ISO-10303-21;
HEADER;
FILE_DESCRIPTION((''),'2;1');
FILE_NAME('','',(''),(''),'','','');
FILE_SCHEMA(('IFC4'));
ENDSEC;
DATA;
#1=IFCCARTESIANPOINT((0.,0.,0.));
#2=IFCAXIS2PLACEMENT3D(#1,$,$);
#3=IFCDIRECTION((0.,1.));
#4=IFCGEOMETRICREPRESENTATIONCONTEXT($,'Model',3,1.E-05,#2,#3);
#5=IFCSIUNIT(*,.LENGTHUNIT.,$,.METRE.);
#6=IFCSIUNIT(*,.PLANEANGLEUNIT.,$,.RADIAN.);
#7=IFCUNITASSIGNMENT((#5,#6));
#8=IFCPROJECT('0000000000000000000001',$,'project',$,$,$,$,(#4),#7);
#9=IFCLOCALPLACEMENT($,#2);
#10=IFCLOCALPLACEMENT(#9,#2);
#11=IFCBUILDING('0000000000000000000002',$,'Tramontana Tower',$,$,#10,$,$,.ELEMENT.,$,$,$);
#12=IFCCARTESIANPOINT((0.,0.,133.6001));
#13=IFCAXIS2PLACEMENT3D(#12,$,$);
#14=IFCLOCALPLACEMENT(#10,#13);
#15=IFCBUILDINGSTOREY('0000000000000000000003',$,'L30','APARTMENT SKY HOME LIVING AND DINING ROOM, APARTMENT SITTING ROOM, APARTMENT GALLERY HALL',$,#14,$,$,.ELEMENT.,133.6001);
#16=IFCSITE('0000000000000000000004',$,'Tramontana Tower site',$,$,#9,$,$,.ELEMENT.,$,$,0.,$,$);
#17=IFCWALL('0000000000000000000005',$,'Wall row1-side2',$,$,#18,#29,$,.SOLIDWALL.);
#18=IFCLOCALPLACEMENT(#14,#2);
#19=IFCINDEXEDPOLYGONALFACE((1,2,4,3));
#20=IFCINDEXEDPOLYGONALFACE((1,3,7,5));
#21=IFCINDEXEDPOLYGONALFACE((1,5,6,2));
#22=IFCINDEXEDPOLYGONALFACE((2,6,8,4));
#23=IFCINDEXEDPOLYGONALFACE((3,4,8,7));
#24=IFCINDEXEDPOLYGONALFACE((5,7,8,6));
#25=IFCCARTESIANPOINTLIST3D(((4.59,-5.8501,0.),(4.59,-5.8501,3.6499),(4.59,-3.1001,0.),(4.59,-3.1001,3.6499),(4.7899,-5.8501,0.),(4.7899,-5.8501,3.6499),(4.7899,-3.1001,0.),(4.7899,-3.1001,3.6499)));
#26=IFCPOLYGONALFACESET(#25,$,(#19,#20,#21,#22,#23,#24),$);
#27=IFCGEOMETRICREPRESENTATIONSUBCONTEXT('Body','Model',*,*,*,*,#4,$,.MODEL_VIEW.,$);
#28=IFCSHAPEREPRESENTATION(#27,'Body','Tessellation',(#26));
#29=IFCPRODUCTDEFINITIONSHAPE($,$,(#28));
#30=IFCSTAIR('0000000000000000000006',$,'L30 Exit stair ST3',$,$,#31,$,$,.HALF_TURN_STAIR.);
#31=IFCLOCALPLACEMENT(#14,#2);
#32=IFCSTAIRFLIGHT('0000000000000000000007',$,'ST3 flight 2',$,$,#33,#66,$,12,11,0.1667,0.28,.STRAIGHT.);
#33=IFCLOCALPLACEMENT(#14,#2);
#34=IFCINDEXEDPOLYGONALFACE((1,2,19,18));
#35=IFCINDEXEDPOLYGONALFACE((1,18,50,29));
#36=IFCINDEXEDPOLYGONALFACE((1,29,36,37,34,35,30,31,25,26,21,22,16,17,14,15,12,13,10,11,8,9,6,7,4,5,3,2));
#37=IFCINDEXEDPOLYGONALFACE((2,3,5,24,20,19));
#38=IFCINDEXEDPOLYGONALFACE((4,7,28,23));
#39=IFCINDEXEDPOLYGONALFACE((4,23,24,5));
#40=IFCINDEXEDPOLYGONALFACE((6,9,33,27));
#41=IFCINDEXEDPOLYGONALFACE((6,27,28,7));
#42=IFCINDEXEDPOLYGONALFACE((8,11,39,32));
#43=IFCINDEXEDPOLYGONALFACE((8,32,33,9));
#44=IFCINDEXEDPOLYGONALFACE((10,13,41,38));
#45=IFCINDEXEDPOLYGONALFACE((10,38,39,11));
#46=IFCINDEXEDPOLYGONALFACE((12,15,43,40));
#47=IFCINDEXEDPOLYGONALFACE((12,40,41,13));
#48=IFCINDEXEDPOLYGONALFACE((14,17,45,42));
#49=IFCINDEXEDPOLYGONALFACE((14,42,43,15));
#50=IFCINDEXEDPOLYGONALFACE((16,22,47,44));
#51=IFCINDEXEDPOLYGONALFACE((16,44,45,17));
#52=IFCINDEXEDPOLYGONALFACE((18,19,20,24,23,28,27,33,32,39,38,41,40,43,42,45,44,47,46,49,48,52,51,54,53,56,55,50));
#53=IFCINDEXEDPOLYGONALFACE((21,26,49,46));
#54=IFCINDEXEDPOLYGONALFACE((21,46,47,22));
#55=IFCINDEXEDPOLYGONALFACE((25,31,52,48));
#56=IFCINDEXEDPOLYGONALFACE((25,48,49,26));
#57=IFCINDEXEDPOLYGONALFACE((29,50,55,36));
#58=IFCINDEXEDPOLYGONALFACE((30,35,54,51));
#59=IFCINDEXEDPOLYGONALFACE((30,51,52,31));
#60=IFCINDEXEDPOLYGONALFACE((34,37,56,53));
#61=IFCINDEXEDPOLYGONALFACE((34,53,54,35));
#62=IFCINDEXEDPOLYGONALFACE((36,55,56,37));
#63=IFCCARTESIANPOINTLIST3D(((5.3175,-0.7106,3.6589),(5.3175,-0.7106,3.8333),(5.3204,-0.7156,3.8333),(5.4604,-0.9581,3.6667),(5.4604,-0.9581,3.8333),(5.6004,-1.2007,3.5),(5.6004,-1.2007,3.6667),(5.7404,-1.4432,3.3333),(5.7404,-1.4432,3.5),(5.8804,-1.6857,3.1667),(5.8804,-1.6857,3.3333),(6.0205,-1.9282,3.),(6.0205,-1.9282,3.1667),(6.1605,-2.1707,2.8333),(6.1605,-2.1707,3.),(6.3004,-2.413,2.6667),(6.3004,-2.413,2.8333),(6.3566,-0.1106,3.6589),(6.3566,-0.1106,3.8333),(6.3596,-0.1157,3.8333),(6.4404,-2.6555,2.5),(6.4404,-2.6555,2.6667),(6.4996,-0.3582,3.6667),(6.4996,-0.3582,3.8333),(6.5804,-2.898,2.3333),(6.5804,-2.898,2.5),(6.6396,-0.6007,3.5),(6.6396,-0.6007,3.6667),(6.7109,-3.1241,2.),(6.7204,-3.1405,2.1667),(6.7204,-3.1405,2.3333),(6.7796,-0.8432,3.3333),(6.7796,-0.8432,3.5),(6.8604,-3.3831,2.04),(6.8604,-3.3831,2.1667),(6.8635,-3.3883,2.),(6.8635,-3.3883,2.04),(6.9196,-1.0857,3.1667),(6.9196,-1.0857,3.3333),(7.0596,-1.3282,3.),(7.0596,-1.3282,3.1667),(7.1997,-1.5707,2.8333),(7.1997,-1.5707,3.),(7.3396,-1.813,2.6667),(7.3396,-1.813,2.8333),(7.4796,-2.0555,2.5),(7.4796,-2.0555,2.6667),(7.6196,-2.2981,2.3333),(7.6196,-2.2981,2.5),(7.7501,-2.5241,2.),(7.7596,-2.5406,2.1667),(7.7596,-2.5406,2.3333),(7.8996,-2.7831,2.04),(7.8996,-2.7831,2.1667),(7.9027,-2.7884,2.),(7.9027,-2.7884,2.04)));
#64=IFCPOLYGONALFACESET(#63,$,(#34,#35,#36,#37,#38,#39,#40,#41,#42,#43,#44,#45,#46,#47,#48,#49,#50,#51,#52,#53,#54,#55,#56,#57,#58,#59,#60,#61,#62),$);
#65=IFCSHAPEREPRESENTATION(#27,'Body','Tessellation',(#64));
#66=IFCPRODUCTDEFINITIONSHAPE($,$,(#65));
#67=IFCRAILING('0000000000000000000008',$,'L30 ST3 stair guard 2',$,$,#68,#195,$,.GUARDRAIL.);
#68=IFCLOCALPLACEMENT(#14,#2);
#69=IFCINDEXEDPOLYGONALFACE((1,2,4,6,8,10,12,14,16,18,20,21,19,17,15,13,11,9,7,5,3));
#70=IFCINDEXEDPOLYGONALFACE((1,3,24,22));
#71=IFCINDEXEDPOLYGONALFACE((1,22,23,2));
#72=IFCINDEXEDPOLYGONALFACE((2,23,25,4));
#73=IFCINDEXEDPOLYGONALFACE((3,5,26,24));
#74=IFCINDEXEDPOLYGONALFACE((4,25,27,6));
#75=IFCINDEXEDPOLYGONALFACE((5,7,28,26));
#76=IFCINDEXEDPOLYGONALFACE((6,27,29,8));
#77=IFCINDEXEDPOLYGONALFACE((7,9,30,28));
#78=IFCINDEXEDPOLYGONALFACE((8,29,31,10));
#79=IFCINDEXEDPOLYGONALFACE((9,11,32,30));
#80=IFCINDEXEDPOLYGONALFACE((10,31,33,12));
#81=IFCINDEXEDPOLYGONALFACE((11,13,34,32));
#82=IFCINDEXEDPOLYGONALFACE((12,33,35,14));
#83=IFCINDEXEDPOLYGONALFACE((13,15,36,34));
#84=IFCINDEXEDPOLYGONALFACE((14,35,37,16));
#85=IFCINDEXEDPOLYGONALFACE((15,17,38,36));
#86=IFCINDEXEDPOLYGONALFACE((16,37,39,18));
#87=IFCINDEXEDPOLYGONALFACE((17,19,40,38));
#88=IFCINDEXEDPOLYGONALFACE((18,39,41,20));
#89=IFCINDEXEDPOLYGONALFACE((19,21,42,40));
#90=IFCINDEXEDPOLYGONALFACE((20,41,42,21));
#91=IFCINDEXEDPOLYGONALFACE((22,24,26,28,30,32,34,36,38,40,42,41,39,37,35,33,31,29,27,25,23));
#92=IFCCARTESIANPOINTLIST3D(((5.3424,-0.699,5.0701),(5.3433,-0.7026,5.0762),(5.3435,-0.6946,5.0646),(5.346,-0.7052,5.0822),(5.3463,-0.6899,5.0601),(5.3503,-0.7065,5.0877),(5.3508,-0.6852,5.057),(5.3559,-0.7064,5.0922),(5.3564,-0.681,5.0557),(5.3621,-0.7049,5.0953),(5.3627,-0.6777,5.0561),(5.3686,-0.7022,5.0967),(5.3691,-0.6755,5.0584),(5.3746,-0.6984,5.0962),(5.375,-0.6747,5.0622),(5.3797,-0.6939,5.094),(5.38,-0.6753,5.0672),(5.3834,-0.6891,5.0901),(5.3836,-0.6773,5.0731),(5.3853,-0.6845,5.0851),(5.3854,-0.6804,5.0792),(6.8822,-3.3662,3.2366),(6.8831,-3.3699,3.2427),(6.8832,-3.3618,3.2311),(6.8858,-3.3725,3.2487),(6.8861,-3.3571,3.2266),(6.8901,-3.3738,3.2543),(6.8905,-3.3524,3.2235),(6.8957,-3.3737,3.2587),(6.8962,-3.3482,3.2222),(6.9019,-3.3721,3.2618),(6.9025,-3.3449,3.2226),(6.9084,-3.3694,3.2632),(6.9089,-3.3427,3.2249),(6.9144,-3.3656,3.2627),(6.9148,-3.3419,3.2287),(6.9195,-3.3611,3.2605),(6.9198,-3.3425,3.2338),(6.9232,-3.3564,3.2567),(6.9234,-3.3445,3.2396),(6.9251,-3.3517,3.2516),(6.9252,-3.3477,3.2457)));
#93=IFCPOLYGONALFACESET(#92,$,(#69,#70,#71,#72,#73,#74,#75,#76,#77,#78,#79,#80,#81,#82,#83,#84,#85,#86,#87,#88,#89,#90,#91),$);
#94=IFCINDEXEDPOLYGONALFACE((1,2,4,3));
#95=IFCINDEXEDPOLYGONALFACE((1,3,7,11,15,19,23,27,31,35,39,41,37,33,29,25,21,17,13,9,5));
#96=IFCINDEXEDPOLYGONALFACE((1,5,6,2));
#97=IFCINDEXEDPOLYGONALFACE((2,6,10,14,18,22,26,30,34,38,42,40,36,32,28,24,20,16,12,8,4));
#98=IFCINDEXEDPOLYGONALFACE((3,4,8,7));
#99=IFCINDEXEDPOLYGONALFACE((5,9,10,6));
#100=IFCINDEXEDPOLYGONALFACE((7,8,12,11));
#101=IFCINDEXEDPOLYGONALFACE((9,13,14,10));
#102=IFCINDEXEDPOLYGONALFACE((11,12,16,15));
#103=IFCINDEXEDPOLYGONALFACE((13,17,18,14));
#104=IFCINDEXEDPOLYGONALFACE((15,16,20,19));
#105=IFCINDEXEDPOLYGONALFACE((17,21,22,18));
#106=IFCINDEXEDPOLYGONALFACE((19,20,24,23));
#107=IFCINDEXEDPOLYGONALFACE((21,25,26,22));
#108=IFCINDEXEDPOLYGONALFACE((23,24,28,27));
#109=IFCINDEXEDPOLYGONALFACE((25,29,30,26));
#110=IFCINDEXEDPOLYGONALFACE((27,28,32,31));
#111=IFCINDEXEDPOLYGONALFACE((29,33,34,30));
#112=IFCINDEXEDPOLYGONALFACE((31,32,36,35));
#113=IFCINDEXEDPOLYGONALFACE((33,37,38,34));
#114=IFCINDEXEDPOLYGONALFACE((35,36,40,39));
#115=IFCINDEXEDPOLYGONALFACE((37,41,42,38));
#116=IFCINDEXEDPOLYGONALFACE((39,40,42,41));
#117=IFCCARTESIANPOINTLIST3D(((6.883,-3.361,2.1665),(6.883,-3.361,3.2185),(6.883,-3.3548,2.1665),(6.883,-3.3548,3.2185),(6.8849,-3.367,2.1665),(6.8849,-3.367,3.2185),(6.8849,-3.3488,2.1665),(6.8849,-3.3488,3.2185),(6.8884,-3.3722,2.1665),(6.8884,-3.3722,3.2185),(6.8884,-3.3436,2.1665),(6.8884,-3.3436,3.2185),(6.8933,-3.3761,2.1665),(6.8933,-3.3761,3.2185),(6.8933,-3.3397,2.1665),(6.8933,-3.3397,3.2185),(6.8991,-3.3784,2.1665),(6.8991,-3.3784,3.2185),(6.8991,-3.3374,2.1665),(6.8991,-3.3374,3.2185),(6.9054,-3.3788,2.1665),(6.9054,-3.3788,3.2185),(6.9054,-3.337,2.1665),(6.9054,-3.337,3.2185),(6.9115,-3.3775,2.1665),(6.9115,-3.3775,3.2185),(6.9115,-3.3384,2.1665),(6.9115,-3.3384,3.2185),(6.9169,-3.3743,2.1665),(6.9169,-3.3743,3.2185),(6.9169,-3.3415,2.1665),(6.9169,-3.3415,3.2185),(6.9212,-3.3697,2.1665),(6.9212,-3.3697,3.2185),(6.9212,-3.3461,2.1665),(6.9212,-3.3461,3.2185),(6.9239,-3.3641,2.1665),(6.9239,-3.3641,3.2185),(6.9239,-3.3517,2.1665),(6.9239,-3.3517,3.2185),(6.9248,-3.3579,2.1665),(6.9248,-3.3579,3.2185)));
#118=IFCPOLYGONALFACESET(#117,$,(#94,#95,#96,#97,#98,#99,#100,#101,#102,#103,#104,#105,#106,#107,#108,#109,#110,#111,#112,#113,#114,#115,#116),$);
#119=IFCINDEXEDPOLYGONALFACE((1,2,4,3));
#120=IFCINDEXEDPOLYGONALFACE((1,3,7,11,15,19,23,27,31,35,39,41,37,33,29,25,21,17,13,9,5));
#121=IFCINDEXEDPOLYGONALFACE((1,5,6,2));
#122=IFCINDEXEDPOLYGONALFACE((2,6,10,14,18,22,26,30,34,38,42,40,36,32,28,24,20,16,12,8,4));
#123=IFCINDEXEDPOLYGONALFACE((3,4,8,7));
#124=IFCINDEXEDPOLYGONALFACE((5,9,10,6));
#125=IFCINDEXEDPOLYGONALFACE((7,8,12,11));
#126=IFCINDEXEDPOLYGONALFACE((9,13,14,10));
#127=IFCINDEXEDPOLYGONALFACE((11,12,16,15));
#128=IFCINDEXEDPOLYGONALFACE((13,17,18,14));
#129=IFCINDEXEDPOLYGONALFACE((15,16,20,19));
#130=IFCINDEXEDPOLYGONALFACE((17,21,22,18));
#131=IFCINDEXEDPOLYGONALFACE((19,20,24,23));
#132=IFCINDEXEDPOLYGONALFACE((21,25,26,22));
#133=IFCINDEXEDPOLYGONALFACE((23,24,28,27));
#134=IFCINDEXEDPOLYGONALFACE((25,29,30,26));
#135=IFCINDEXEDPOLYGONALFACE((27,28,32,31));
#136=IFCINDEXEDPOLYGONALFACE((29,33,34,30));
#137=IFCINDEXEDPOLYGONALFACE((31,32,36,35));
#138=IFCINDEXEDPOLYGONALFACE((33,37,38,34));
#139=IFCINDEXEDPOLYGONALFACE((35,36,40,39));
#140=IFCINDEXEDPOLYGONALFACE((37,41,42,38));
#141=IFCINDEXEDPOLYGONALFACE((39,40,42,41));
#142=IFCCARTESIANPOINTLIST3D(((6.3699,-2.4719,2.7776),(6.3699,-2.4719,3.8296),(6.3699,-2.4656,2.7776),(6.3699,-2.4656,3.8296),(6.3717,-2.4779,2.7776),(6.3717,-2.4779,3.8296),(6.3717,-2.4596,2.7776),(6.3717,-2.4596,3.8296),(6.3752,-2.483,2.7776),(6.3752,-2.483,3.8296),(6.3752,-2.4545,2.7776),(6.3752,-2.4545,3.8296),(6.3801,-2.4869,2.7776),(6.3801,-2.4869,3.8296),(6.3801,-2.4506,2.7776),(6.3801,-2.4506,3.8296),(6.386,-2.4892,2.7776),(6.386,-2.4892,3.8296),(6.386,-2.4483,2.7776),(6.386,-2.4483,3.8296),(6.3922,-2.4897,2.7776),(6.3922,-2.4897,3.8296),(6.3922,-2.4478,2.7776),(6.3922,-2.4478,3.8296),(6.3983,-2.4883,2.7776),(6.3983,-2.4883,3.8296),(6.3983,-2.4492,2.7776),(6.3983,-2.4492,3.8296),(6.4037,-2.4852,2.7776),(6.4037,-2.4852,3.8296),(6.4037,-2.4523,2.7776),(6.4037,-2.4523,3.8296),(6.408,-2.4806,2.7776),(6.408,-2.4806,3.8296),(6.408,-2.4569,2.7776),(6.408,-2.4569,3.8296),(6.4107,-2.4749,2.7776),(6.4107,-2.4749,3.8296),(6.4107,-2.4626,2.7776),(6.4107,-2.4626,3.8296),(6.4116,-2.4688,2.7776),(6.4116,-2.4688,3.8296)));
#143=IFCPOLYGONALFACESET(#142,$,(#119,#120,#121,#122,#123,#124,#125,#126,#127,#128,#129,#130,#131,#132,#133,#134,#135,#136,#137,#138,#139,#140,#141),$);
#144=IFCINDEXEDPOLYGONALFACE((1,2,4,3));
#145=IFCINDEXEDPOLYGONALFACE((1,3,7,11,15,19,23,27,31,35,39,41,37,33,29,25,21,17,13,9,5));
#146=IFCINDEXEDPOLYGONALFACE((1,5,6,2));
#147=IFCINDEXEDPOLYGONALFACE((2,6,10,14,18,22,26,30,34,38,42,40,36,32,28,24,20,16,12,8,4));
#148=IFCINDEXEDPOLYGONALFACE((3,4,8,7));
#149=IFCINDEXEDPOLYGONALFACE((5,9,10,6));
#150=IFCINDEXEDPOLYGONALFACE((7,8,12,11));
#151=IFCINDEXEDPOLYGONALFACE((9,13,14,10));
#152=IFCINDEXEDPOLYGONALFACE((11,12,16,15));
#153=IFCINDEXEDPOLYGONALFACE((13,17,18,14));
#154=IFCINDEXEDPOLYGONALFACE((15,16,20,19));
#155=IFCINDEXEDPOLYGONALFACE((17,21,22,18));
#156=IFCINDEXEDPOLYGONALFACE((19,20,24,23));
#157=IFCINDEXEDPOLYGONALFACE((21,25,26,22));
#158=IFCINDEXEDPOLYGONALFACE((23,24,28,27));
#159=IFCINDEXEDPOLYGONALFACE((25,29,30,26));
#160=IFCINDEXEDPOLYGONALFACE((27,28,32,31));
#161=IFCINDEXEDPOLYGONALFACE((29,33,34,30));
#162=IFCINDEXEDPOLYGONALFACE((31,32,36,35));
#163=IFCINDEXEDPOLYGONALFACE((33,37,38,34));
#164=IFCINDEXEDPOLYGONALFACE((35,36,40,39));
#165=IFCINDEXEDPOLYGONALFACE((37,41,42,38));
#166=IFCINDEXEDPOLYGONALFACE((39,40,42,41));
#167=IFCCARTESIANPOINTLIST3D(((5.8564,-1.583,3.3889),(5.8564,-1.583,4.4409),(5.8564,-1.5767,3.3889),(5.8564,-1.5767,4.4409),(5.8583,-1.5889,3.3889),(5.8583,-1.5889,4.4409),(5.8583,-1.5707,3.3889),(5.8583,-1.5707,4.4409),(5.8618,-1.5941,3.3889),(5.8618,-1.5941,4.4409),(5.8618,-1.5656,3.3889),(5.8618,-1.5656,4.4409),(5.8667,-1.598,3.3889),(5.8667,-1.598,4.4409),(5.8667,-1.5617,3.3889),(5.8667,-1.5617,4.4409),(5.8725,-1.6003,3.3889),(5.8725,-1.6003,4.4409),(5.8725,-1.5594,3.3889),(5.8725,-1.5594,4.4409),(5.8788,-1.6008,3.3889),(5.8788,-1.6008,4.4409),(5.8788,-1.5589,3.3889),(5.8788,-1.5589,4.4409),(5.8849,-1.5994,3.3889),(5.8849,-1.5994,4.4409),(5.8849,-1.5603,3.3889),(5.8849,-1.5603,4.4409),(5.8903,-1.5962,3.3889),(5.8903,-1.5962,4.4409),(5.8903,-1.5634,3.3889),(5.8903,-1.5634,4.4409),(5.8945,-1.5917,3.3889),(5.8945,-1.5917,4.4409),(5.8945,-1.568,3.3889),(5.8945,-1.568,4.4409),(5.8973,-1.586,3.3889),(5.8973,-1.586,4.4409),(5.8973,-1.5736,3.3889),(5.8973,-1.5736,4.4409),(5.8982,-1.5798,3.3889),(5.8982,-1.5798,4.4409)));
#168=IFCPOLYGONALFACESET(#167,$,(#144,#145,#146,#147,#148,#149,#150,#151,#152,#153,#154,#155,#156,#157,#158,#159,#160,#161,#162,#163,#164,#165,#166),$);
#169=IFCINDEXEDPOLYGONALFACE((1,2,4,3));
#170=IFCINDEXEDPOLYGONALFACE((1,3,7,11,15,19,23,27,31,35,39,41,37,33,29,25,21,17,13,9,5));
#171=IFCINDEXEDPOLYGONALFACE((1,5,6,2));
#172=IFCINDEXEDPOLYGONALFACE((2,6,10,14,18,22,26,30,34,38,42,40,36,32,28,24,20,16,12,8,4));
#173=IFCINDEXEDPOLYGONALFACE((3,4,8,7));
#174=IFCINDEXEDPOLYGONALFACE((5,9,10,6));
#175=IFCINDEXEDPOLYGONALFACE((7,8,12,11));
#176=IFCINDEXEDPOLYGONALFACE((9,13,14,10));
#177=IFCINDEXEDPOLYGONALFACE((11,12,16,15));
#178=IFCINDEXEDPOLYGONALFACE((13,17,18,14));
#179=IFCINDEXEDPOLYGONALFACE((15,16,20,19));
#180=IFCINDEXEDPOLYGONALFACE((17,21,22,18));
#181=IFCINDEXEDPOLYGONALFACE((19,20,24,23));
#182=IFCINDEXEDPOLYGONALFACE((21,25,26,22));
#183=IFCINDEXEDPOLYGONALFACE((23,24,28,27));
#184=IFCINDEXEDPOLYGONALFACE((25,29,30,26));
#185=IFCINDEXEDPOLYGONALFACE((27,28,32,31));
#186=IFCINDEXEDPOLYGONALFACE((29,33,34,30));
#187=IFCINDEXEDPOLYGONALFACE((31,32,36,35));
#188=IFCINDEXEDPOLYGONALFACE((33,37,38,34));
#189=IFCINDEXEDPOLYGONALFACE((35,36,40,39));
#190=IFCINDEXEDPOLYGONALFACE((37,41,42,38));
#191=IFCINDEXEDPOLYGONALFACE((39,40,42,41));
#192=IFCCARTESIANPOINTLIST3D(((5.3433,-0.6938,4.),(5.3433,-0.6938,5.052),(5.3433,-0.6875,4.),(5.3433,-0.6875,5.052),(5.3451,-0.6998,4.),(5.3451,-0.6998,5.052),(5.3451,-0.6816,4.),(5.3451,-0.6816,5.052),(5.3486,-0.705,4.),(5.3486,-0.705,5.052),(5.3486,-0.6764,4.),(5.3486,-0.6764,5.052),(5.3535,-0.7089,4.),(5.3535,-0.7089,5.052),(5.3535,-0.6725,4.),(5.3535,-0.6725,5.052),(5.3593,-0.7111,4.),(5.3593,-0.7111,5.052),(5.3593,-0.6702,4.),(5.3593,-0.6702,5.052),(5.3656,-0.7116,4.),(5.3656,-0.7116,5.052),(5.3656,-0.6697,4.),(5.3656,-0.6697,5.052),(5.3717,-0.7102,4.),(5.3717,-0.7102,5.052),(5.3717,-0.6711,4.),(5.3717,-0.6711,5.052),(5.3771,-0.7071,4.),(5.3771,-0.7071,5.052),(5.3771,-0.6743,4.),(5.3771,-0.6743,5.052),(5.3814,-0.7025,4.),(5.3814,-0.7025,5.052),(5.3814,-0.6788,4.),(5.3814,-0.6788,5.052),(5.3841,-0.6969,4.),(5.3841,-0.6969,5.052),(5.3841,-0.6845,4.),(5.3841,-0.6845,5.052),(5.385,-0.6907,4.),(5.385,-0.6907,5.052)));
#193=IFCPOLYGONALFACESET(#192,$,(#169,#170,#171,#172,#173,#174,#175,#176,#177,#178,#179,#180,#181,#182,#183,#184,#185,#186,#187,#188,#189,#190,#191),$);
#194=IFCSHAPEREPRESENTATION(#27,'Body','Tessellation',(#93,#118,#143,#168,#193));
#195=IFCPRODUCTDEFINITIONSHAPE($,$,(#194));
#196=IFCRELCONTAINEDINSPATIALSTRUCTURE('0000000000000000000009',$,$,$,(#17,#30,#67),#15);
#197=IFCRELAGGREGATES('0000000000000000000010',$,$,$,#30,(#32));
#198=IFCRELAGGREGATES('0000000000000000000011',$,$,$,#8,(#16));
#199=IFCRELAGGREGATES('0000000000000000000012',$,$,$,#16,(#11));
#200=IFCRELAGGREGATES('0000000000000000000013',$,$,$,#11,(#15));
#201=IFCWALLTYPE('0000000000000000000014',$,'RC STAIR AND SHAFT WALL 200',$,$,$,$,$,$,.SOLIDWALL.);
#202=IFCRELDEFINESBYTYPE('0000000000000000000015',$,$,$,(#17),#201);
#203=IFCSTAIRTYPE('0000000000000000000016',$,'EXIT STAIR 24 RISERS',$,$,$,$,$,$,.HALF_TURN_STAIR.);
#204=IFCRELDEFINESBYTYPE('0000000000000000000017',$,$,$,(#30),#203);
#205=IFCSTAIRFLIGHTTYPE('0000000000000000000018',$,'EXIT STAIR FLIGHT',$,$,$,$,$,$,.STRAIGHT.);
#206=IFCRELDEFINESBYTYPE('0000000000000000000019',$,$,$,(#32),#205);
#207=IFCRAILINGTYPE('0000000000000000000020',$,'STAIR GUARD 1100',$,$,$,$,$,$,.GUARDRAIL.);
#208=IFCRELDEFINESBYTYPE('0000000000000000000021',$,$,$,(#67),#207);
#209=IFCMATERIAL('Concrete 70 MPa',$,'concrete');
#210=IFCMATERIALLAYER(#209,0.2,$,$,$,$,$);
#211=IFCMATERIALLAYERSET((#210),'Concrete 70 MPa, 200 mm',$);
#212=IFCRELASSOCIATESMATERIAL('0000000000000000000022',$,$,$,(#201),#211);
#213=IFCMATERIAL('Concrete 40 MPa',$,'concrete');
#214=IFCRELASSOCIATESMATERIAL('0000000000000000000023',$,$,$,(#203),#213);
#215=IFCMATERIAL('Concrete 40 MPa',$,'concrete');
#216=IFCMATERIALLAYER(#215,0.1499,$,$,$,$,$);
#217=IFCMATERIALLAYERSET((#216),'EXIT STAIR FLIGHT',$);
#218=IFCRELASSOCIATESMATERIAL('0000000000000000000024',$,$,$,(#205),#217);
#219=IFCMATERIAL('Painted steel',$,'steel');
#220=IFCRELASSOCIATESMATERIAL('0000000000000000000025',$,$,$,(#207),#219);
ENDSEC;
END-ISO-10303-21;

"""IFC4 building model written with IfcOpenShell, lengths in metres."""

from ifc_helpers import new_model, si_unit, direction, frame, frame_2d, origin, origin_2d, place, context, subcontext, project, spatial, polyline, rectangle, circle, outline, extrude, material, layer, layer_set, type_object, element, aggregate, save


model = new_model("IFC4")

# Units and contexts
model_context = context("Model", 3, precision=1e-05, world=origin(), true_north=direction((0.0, 1.0)))
body_context = subcontext(model_context, "Body", "Model", "MODEL_VIEW")
ifc_project = project(units=[si_unit("LENGTHUNIT", "METRE"), si_unit("PLANEANGLEUNIT", "RADIAN")], contexts=[model_context])

# Site, building, storey
site_placement = place(None, origin())
site = spatial("IfcSite", under=ifc_project, at=site_placement, Name="Tramontana Tower site", CompositionType="ELEMENT", RefElevation=0.0)
building_placement = place(site_placement, origin())
building = spatial("IfcBuilding", under=site, at=building_placement, Name="Tramontana Tower", CompositionType="ELEMENT")
storey_placement = place(building_placement, frame((0.0, 0.0, 133.6001)))
storey = spatial("IfcBuildingStorey", under=building, at=storey_placement, Name="L30", Description="APARTMENT SKY HOME LIVING AND DINING ROOM, APARTMENT SITTING ROOM, APARTMENT GALLERY HALL", CompositionType="ELEMENT", Elevation=133.6001)

# Shared definitions
ifc_material_1 = material(Name="Concrete 70 MPa", Category="concrete")
ifc_layer_1 = layer(ifc_material_1, 0.2)
ifc_layer_set_1 = layer_set([ifc_layer_1], Name="Concrete 70 MPa, 200 mm")
wall_type_1 = type_object("IfcWallType", Name="RC STAIR AND SHAFT WALL 200", PredefinedType="SOLIDWALL", material=ifc_layer_set_1)

# Wall
for number, where, z_axis, x_axis, name in (
    (1, (4.6899, -3.1001, 0.0), (0.0, 0.0, 1.0), (0.0, -1.0, 0.0), "Wall row1-side2"),
):
    element("IfcWall", number, at=place(storey_placement, frame(where, z_axis=z_axis, x_axis=x_axis)), inside=storey, type_object=wall_type_1, Name=name, PredefinedType="SOLIDWALL", context=body_context, shape_type="SweptSolid", body=[
        extrude(rectangle(XDim=2.75, YDim=0.2, at=frame_2d((1.375, 0.0))), origin(), (0.0, 0.0, 1.0), 3.6499),
    ])

# Stair, stair flight
ifc_material_2 = material(Name="Concrete 40 MPa", Category="concrete")
stair_type = type_object("IfcStairType", Name="EXIT STAIR 24 RISERS", PredefinedType="HALF_TURN_STAIR", material=ifc_material_2)
stair_placement = place(storey_placement, origin())
stair = element("IfcStair", 2, at=stair_placement, inside=storey, type_object=stair_type, Name="L30 Exit stair ST3", PredefinedType="HALF_TURN_STAIR")
ifc_material_3 = material(Name="Concrete 40 MPa", Category="concrete")
ifc_layer_2 = layer(ifc_material_3, 0.1499)
ifc_layer_set_2 = layer_set([ifc_layer_2], Name="EXIT STAIR FLIGHT")
stair_flight_type = type_object("IfcStairFlightType", Name="EXIT STAIR FLIGHT", PredefinedType="STRAIGHT", material=ifc_layer_set_2)
stair_flight_placement = place(storey_placement, frame((7.3801, -3.083, 2.0), z_axis=(0.0, 0.0, 1.0), x_axis=(-0.5, 0.866025, 0.0)))
stair_flight = element("IfcStairFlight", 3, at=stair_flight_placement, type_object=stair_flight_type, Name="ST3 flight 2", NumberOfRisers=12, NumberOfTreads=11, PredefinedType="STRAIGHT", RiserHeight=0.1667, TreadLength=0.28, context=body_context, shape_type="SweptSolid", body=[
    extrude(outline(polyline([(-0.0061, 0.0), (-0.0061, 0.04), (0.0, 0.04), (0.0, 0.1667), (0.28, 0.1667), (0.28, 0.3333), (0.5601, 0.3333), (0.5601, 0.5), (0.8401, 0.5), (0.8401, 0.6667), (1.1201, 0.6667), (1.1201, 0.8333), (1.3999, 0.8333), (1.3999, 1.0), (1.6799, 1.0), (1.6799, 1.1667), (1.96, 1.1667), (1.96, 1.3333), (2.24, 1.3333), (2.24, 1.5), (2.52, 1.5), (2.52, 1.6667), (2.8, 1.6667), (2.8, 1.8333), (3.0801, 1.8333), (3.0859, 1.8333), (3.0859, 1.6589), (0.2991, 0.0), (-0.0061, 0.0)])), frame((0.0, 0.6001, 0.0), z_axis=(0.0, -1.0, 0.0), x_axis=(1.0, 0.0, 0.0)), (0.0, 0.0, 1.0), 1.2),
])
aggregate(stair, [stair_flight])

# Railing
ifc_material_4 = material(Name="Painted steel", Category="steel")
railing_type_1 = type_object("IfcRailingType", Name="STAIR GUARD 1100", PredefinedType="GUARDRAIL", material=ifc_material_4)
railing_1_placement = place(storey_placement, frame((6.9038, -3.3579, 2.1665)))
element("IfcRailing", 4, at=railing_1_placement, inside=storey, type_object=railing_type_1, Name="L30 ST3 stair guard 2", PredefinedType="GUARDRAIL", context=body_context, shape_type="SweptSolid", body=[
    extrude(circle(Radius=0.0239, at=origin_2d()), frame((0.0, 0.0, 1.0762), z_axis=(-0.429601, 0.744155, 0.511543), x_axis=(-0.866044, -0.499967, 0.0)), (0.0, 0.0, 1.0), 3.5842),
    extrude(circle(Radius=0.021, at=origin_2d()), origin(), (0.0, 0.0, 1.0), 1.052),
    extrude(circle(Radius=0.021, at=origin_2d()), frame((-0.5132, 0.8892, 0.6111)), (0.0, 0.0, 1.0), 1.052),
    extrude(circle(Radius=0.021, at=origin_2d()), frame((-1.0266, 1.7781, 1.2224)), (0.0, 0.0, 1.0), 1.052),
    extrude(circle(Radius=0.021, at=origin_2d()), frame((-1.5398, 2.6672, 1.8335)), (0.0, 0.0, 1.0), 1.052),
])

save(model, "model.ifc")
